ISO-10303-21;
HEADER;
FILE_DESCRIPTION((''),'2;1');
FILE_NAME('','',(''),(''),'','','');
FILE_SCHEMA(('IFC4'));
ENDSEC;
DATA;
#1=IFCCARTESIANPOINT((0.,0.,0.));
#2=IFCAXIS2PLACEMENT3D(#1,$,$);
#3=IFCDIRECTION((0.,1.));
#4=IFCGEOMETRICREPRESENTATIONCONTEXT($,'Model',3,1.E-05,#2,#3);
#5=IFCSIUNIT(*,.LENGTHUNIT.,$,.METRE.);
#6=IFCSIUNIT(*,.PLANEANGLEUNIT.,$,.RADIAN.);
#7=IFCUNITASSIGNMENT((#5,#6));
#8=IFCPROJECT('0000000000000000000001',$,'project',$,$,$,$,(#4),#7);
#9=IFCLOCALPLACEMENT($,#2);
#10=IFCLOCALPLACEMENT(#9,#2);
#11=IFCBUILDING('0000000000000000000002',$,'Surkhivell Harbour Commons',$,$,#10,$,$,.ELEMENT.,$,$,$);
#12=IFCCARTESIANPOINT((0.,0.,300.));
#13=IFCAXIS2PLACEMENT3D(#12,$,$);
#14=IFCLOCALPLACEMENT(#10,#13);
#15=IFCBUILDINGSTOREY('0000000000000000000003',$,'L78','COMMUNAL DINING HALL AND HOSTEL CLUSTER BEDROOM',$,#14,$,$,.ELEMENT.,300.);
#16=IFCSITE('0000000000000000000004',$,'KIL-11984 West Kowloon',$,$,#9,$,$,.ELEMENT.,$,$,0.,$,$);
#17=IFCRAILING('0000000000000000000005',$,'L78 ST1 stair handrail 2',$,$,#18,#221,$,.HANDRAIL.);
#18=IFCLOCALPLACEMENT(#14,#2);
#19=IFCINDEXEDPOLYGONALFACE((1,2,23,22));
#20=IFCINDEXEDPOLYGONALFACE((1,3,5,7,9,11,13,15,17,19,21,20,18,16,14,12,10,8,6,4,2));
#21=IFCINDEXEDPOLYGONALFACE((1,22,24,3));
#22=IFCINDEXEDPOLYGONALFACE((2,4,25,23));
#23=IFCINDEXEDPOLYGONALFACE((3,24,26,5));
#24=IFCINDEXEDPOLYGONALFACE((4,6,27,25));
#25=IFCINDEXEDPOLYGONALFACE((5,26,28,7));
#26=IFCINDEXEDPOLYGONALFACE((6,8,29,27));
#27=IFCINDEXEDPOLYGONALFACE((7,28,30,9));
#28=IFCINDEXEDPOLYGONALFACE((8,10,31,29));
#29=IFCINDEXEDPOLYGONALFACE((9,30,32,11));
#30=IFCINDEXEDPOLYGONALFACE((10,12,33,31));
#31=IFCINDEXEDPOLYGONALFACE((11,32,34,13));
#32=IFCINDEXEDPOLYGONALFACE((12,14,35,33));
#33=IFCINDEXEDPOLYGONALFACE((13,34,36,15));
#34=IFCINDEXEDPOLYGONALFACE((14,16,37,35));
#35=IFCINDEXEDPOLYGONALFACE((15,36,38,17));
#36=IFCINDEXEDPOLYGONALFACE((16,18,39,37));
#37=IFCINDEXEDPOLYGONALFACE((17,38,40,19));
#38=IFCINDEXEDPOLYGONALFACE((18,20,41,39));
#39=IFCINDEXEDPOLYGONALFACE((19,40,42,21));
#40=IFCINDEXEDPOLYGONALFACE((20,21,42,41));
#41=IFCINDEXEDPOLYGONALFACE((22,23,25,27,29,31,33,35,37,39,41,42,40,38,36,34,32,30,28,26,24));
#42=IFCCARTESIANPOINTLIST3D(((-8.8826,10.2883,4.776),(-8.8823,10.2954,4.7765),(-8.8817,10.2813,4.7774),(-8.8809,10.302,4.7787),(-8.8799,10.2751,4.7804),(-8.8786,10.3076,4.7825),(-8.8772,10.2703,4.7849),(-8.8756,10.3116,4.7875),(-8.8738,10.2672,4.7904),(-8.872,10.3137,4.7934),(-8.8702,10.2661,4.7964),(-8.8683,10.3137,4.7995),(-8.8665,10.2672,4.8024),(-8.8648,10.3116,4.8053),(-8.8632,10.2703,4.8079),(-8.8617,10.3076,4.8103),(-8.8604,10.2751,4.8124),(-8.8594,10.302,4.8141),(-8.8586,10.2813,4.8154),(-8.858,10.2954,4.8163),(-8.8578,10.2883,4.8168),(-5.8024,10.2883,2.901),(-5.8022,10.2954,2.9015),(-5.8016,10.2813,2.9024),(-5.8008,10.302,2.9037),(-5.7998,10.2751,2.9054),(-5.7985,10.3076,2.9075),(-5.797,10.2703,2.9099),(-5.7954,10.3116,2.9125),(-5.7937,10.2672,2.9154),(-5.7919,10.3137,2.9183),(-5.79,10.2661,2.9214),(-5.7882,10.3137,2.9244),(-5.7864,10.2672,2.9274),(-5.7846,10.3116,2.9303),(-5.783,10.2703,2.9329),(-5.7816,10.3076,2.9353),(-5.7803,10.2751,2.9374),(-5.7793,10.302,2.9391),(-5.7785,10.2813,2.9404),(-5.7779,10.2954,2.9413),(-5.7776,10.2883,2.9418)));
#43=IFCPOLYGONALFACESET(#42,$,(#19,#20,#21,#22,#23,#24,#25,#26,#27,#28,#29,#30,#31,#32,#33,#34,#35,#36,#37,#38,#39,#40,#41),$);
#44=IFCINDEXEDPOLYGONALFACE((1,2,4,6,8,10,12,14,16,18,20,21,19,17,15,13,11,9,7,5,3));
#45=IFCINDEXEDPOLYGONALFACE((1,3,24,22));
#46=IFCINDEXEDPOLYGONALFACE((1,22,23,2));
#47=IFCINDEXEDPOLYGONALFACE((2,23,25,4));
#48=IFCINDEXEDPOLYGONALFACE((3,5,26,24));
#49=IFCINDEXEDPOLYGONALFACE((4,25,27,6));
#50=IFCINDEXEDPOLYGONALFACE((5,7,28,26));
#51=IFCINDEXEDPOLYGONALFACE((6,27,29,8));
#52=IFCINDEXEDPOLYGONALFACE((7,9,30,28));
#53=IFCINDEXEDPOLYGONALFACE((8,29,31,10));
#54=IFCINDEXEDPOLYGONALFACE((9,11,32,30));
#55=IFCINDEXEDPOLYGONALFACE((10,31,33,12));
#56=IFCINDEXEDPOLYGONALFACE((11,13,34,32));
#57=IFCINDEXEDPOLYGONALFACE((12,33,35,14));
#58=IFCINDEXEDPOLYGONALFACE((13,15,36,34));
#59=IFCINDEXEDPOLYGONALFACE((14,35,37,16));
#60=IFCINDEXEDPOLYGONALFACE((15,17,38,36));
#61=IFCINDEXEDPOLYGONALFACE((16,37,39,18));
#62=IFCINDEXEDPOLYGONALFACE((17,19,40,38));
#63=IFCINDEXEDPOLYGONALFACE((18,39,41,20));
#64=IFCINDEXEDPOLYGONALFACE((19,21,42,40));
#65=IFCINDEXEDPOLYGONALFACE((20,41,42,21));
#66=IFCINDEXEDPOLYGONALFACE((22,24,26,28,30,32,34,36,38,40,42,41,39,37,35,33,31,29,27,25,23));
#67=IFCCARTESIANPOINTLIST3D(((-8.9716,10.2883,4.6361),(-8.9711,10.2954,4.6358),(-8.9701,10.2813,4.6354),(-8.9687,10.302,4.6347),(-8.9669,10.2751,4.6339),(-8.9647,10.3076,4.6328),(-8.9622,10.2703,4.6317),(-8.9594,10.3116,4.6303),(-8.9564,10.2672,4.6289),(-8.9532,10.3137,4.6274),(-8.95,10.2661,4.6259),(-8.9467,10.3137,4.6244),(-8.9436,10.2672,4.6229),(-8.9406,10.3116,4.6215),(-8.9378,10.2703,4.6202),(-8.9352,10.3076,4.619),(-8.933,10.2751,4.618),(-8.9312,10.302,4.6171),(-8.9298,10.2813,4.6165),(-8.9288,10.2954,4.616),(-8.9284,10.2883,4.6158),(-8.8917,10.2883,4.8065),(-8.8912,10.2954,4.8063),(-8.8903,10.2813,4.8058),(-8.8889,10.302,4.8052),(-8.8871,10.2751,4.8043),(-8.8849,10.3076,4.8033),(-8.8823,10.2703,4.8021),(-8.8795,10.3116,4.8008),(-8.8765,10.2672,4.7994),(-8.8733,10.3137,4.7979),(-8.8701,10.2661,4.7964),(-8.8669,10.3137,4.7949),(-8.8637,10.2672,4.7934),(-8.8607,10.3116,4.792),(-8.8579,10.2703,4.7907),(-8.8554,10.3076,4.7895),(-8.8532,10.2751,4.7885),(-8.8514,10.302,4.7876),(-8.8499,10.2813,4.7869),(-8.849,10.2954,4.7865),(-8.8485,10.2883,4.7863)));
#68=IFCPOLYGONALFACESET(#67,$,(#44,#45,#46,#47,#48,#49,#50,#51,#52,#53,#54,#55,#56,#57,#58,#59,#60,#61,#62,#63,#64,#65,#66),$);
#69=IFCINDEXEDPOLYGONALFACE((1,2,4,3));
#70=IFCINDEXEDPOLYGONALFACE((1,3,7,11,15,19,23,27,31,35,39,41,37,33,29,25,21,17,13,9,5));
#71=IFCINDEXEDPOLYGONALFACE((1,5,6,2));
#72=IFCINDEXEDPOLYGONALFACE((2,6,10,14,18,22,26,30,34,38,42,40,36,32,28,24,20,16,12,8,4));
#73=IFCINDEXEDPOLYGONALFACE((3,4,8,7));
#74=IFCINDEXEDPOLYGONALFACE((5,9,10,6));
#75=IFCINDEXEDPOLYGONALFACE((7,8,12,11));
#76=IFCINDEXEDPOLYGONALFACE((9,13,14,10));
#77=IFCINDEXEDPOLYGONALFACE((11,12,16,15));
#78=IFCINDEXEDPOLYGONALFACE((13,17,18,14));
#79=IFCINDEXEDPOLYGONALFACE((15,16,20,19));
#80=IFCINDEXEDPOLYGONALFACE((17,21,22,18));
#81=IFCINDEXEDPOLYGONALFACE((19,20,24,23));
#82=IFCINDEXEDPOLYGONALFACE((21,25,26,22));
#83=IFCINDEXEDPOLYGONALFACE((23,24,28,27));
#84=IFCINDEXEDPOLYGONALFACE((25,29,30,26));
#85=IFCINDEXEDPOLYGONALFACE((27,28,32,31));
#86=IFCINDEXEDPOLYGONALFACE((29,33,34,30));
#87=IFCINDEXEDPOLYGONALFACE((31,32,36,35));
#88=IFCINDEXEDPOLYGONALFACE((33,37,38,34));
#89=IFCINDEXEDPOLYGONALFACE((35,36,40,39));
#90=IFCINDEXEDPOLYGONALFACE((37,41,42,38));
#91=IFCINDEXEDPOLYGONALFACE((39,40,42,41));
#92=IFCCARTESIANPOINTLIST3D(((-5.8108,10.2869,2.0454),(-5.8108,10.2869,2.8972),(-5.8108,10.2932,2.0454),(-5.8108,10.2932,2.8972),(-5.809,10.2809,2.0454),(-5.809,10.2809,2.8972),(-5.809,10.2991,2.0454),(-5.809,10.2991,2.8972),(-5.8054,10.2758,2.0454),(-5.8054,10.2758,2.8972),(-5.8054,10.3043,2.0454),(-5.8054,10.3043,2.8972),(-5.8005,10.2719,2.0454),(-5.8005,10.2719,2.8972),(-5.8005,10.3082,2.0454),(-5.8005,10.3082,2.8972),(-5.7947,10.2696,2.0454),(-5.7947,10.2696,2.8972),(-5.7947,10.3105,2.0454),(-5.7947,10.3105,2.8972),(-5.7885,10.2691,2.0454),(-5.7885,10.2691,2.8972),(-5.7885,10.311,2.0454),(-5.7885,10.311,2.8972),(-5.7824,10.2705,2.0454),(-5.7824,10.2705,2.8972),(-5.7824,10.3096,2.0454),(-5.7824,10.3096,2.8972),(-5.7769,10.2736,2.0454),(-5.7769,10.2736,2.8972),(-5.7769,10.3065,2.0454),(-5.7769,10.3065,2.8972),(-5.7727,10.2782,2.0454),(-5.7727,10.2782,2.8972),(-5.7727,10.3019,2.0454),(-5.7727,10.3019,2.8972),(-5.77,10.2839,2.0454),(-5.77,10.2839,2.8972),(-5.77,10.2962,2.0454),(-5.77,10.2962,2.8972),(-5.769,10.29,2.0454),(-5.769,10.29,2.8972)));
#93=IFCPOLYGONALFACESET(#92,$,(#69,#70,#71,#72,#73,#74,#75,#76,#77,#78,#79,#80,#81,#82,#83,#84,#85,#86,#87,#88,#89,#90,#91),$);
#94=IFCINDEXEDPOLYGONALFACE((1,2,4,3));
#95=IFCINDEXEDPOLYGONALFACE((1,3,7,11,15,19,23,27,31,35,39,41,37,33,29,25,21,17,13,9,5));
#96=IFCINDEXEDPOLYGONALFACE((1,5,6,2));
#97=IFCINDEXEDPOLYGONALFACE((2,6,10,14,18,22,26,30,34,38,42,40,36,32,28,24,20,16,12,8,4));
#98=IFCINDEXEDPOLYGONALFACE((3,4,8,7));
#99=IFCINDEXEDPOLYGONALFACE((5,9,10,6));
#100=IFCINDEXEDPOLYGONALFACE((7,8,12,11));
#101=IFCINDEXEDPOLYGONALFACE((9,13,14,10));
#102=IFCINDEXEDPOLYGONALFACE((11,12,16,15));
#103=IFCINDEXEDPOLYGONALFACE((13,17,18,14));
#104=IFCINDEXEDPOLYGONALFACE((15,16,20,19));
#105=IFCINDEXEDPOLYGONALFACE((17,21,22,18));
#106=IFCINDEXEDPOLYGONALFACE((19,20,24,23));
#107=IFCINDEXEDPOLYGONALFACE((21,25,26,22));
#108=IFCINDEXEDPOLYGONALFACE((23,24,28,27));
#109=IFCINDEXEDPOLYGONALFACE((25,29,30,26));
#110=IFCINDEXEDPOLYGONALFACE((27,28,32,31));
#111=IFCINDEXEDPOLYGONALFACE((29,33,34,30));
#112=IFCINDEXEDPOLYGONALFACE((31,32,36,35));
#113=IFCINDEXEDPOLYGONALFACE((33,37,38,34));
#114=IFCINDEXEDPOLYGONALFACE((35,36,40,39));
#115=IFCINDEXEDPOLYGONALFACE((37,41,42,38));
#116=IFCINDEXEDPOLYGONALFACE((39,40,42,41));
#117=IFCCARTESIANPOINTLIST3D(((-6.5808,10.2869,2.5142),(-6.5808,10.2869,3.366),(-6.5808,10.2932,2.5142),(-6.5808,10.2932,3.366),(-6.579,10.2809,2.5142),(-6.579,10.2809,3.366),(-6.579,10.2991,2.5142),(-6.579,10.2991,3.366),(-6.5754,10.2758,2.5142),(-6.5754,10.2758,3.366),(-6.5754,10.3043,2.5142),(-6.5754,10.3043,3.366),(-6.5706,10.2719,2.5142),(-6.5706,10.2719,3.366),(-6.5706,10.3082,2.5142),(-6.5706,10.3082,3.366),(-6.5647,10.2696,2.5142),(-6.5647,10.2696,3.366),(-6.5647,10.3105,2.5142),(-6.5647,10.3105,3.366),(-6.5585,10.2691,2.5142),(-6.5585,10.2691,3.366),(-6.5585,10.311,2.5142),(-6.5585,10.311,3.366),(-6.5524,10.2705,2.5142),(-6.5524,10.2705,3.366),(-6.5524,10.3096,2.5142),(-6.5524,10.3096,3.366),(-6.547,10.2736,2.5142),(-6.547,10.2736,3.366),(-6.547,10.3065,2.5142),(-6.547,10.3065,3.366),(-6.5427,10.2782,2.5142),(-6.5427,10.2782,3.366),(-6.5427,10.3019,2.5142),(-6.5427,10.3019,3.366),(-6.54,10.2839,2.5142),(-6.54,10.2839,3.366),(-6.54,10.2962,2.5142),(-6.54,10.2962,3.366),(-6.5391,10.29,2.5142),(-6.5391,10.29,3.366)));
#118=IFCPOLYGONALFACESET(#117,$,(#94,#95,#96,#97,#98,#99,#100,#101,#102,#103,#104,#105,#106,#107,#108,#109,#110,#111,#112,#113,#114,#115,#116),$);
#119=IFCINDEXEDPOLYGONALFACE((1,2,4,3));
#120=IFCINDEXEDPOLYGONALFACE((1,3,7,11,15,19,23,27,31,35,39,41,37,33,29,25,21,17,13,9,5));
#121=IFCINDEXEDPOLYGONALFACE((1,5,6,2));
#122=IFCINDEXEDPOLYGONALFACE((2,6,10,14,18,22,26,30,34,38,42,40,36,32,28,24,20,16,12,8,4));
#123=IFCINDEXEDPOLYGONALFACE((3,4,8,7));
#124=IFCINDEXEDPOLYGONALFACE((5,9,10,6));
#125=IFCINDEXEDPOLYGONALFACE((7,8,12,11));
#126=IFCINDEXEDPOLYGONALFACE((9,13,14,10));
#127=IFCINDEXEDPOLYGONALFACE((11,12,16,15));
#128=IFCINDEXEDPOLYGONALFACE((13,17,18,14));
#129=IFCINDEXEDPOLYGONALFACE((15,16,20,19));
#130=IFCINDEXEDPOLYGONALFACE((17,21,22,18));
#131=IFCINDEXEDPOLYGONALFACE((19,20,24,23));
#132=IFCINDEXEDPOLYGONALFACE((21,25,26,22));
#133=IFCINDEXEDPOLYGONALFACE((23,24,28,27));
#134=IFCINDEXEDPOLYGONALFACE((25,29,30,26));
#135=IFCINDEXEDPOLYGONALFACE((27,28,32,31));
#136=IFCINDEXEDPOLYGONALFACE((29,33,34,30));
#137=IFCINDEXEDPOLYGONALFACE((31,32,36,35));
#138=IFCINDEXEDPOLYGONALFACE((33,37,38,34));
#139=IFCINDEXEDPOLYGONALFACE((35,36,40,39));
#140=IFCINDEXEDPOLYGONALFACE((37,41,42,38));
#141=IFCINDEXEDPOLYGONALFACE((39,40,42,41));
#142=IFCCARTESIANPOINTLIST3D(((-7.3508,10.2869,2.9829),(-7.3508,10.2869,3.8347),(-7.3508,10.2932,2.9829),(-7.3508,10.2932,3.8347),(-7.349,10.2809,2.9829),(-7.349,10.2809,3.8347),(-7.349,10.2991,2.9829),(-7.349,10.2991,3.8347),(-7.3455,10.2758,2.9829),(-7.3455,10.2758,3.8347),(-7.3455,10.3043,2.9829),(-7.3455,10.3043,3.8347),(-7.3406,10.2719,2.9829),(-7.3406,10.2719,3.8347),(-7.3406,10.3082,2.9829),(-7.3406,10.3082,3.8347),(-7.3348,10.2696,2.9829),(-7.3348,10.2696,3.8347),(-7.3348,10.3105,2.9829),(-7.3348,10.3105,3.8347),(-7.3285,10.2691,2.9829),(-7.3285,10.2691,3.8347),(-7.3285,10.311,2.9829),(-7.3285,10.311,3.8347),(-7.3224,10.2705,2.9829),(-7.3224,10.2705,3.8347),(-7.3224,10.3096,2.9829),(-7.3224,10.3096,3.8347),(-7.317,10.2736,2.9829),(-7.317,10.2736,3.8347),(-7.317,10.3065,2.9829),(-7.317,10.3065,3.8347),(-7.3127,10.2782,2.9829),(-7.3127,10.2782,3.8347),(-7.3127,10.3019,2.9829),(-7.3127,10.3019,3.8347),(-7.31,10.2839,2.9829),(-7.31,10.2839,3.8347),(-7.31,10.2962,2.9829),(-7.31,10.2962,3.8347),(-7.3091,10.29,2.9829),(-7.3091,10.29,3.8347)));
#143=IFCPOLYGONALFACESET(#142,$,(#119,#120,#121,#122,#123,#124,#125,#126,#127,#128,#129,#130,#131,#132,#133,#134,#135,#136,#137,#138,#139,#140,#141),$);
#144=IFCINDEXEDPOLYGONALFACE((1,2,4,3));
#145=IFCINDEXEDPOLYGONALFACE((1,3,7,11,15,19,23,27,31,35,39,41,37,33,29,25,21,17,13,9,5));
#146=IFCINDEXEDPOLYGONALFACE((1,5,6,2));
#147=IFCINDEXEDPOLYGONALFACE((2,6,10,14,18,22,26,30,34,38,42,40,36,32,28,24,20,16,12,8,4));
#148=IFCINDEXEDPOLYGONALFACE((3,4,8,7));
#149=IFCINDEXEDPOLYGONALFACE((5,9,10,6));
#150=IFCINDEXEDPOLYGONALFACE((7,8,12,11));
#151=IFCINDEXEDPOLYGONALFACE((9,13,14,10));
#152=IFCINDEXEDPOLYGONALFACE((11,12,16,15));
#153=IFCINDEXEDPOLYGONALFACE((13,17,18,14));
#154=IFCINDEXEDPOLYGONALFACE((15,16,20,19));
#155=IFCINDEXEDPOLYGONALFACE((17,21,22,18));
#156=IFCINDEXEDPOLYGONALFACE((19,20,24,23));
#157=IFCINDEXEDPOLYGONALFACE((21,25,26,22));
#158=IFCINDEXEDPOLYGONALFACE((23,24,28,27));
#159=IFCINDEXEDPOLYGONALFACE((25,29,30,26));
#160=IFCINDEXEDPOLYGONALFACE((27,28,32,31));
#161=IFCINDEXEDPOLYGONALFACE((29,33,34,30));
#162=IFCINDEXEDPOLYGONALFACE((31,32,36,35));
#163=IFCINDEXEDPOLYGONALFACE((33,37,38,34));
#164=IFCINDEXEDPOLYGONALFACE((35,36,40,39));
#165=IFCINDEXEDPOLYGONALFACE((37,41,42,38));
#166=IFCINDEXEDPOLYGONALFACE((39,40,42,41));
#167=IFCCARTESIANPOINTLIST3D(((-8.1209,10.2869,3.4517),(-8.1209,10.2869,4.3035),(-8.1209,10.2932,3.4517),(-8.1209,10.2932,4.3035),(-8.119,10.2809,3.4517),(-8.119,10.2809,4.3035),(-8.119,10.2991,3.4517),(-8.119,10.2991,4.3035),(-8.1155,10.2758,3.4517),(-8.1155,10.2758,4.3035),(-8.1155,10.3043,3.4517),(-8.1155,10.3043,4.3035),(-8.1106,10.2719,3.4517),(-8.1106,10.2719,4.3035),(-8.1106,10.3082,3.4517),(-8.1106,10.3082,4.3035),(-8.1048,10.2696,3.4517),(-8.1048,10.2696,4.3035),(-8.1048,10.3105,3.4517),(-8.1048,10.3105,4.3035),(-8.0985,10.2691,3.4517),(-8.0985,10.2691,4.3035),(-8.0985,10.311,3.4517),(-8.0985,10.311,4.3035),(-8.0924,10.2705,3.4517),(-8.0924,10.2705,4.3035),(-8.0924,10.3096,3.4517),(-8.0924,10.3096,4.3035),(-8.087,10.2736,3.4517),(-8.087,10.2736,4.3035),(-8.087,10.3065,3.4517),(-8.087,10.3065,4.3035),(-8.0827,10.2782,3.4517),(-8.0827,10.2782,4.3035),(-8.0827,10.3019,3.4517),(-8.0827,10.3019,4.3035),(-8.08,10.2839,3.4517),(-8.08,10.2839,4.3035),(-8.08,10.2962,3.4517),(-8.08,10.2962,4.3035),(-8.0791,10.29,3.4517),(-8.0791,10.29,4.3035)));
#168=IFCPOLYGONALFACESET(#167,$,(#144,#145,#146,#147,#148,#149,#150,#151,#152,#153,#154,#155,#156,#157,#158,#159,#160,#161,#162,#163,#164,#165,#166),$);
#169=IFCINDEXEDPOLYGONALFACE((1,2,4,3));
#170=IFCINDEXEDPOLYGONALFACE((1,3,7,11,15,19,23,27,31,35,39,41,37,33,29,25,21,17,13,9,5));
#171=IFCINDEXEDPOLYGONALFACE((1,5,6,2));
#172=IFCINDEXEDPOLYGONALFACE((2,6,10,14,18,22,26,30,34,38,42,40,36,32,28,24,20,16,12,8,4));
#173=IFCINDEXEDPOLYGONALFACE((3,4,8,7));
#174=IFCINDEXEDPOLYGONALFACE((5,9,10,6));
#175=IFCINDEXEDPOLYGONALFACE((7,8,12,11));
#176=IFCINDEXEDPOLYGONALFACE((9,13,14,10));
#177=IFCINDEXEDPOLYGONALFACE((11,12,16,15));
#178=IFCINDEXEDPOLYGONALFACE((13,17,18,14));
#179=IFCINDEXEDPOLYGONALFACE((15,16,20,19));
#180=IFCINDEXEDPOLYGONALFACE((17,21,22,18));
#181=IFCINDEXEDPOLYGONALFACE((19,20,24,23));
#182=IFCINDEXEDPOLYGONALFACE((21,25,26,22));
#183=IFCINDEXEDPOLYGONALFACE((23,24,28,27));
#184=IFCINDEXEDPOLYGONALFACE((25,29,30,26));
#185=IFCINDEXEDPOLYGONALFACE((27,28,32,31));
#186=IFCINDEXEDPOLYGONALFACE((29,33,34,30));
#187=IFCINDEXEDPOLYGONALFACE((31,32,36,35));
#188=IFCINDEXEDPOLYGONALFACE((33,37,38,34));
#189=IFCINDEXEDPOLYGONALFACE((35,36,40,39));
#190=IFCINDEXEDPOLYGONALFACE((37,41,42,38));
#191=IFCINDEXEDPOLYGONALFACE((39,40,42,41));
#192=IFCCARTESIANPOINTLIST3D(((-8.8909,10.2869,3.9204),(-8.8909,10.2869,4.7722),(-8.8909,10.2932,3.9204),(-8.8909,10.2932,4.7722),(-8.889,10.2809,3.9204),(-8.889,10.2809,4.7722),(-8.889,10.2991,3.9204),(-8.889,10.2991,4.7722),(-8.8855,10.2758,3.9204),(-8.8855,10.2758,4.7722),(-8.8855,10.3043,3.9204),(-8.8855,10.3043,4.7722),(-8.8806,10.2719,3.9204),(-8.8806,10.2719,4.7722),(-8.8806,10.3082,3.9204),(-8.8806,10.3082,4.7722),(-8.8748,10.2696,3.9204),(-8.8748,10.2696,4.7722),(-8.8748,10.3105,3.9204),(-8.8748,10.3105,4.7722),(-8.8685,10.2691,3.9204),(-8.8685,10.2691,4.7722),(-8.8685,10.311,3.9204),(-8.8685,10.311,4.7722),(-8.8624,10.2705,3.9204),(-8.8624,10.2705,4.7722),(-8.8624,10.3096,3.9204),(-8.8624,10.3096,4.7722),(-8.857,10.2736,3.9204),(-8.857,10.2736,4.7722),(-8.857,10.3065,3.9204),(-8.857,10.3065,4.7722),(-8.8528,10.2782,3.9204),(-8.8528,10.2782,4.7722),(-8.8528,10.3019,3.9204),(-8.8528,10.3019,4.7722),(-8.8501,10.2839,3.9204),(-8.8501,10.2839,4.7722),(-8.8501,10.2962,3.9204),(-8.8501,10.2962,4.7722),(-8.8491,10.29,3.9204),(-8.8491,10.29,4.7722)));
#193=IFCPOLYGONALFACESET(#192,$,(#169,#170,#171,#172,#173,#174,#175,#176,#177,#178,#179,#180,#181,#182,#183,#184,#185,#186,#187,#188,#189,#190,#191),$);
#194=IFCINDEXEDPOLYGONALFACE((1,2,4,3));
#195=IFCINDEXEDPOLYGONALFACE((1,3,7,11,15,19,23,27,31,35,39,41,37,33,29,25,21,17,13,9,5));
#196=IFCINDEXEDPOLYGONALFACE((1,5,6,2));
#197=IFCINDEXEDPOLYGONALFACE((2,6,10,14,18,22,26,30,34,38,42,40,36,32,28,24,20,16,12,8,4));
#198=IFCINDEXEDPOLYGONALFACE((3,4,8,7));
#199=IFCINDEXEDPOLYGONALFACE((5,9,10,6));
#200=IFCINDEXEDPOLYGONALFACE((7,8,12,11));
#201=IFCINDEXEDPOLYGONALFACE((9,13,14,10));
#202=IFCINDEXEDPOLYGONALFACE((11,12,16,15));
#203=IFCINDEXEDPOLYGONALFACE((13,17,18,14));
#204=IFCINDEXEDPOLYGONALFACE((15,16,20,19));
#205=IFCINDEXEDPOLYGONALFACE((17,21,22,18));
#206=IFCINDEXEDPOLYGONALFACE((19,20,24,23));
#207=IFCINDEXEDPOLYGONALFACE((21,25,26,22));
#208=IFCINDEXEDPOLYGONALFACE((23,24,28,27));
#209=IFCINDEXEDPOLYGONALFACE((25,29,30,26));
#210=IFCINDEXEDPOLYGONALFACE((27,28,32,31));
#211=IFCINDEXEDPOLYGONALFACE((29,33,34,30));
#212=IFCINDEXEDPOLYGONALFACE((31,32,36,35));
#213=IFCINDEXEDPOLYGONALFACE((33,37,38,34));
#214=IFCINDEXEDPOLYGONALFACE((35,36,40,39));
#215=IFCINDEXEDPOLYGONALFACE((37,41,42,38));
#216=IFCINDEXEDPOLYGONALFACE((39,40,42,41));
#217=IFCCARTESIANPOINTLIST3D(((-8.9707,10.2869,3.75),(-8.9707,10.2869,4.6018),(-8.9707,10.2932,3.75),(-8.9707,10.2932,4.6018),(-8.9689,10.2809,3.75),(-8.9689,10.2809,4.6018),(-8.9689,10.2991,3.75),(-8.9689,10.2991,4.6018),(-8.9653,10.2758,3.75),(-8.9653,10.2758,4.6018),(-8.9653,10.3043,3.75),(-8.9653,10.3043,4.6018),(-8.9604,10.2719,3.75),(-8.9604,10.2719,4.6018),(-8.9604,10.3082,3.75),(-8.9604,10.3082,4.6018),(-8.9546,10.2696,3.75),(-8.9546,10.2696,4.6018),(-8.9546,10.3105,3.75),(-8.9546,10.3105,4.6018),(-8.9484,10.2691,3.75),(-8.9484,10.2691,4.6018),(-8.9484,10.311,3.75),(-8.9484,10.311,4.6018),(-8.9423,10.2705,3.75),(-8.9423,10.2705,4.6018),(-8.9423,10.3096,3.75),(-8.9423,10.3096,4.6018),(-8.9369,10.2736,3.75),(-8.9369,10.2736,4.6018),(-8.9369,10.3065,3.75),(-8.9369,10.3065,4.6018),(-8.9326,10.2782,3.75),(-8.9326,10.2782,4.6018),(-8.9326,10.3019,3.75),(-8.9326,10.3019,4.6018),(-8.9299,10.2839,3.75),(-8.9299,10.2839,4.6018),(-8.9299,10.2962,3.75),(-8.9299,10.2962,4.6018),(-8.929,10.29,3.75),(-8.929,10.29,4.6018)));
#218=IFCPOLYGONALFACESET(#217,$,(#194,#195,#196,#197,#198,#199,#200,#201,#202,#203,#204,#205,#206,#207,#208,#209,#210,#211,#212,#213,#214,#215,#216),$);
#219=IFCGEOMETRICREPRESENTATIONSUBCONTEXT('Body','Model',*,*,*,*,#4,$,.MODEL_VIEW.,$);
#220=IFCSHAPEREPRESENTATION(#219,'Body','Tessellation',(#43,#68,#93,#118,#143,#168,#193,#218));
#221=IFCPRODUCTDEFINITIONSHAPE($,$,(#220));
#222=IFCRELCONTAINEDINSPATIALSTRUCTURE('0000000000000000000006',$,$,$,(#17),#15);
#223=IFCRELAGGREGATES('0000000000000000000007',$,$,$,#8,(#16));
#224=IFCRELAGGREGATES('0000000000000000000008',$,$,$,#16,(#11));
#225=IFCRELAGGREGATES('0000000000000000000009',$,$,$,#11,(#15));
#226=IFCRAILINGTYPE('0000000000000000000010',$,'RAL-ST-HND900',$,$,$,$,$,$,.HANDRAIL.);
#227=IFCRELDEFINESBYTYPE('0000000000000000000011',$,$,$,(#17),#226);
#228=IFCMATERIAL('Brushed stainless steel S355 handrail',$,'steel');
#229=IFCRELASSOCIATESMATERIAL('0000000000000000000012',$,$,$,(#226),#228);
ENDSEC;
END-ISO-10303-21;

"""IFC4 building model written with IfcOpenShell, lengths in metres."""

from ifc_helpers import new_model, si_unit, direction, frame, origin, origin_2d, place, context, subcontext, project, spatial, circle, extrude, material, type_object, element, save


model = new_model("IFC4")

# Units and contexts
model_context = context("Model", 3, precision=1e-05, world=origin(), true_north=direction((0.0, 1.0)))
body_context = subcontext(model_context, "Body", "Model", "MODEL_VIEW")
ifc_project = project(units=[si_unit("LENGTHUNIT", "METRE"), si_unit("PLANEANGLEUNIT", "RADIAN")], contexts=[model_context])

# Site, building, storey
site_placement = place(None, origin())
site = spatial("IfcSite", under=ifc_project, at=site_placement, Name="KIL-11984 West Kowloon", CompositionType="ELEMENT", RefElevation=0.0)
building_placement = place(site_placement, origin())
building = spatial("IfcBuilding", under=site, at=building_placement, Name="Surkhivell Harbour Commons", CompositionType="ELEMENT")
storey_placement = place(building_placement, frame((0.0, 0.0, 300.0)))
storey = spatial("IfcBuildingStorey", under=building, at=storey_placement, Name="L78", Description="COMMUNAL DINING HALL AND HOSTEL CLUSTER BEDROOM", CompositionType="ELEMENT", Elevation=300.0)

# Railing
ifc_material_1 = material(Name="Brushed stainless steel S355 handrail", Category="steel")
railing_type_1 = type_object("IfcRailingType", Name="RAL-ST-HND900", PredefinedType="HANDRAIL", material=ifc_material_1)
railing_1_placement = place(storey_placement, frame((-5.79, 10.29, 2.0454)))
element("IfcRailing", 1, at=railing_1_placement, inside=storey, type_object=railing_type_1, Name="L78 ST1 stair handrail 2", PredefinedType="HANDRAIL", context=body_context, shape_type="SweptSolid", body=[
    extrude(circle(Radius=0.0239, at=origin_2d()), frame((0.0, 0.0, 0.876), z_axis=(-0.854178, 0.0, 0.519981), x_axis=(0.0, -1.0, 0.0)), (0.0, 0.0, 1.0), 3.606),
    extrude(circle(Radius=0.0239, at=origin_2d()), frame((-3.0801, 0.0, 2.751), z_axis=(-0.424234, 0.0, -0.905552), x_axis=(0.0, -1.0, 0.0)), (0.0, 0.0, 1.0), 0.1882),
    extrude(circle(Radius=0.021, at=origin_2d()), origin(), (0.0, 0.0, 1.0), 0.8518),
    extrude(circle(Radius=0.021, at=origin_2d()), frame((-0.77, 0.0, 0.4688)), (0.0, 0.0, 1.0), 0.8518),
    extrude(circle(Radius=0.021, at=origin_2d()), frame((-1.54, 0.0, 0.9375)), (0.0, 0.0, 1.0), 0.8518),
    extrude(circle(Radius=0.021, at=origin_2d()), frame((-2.3101, 0.0, 1.4062)), (0.0, 0.0, 1.0), 0.8518),
    extrude(circle(Radius=0.021, at=origin_2d()), frame((-3.0801, 0.0, 1.875)), (0.0, 0.0, 1.0), 0.8518),
    extrude(circle(Radius=0.021, at=origin_2d()), frame((-3.1599, 0.0, 1.7046)), (0.0, 0.0, 1.0), 0.8518),
])

save(model, "model.ifc")
